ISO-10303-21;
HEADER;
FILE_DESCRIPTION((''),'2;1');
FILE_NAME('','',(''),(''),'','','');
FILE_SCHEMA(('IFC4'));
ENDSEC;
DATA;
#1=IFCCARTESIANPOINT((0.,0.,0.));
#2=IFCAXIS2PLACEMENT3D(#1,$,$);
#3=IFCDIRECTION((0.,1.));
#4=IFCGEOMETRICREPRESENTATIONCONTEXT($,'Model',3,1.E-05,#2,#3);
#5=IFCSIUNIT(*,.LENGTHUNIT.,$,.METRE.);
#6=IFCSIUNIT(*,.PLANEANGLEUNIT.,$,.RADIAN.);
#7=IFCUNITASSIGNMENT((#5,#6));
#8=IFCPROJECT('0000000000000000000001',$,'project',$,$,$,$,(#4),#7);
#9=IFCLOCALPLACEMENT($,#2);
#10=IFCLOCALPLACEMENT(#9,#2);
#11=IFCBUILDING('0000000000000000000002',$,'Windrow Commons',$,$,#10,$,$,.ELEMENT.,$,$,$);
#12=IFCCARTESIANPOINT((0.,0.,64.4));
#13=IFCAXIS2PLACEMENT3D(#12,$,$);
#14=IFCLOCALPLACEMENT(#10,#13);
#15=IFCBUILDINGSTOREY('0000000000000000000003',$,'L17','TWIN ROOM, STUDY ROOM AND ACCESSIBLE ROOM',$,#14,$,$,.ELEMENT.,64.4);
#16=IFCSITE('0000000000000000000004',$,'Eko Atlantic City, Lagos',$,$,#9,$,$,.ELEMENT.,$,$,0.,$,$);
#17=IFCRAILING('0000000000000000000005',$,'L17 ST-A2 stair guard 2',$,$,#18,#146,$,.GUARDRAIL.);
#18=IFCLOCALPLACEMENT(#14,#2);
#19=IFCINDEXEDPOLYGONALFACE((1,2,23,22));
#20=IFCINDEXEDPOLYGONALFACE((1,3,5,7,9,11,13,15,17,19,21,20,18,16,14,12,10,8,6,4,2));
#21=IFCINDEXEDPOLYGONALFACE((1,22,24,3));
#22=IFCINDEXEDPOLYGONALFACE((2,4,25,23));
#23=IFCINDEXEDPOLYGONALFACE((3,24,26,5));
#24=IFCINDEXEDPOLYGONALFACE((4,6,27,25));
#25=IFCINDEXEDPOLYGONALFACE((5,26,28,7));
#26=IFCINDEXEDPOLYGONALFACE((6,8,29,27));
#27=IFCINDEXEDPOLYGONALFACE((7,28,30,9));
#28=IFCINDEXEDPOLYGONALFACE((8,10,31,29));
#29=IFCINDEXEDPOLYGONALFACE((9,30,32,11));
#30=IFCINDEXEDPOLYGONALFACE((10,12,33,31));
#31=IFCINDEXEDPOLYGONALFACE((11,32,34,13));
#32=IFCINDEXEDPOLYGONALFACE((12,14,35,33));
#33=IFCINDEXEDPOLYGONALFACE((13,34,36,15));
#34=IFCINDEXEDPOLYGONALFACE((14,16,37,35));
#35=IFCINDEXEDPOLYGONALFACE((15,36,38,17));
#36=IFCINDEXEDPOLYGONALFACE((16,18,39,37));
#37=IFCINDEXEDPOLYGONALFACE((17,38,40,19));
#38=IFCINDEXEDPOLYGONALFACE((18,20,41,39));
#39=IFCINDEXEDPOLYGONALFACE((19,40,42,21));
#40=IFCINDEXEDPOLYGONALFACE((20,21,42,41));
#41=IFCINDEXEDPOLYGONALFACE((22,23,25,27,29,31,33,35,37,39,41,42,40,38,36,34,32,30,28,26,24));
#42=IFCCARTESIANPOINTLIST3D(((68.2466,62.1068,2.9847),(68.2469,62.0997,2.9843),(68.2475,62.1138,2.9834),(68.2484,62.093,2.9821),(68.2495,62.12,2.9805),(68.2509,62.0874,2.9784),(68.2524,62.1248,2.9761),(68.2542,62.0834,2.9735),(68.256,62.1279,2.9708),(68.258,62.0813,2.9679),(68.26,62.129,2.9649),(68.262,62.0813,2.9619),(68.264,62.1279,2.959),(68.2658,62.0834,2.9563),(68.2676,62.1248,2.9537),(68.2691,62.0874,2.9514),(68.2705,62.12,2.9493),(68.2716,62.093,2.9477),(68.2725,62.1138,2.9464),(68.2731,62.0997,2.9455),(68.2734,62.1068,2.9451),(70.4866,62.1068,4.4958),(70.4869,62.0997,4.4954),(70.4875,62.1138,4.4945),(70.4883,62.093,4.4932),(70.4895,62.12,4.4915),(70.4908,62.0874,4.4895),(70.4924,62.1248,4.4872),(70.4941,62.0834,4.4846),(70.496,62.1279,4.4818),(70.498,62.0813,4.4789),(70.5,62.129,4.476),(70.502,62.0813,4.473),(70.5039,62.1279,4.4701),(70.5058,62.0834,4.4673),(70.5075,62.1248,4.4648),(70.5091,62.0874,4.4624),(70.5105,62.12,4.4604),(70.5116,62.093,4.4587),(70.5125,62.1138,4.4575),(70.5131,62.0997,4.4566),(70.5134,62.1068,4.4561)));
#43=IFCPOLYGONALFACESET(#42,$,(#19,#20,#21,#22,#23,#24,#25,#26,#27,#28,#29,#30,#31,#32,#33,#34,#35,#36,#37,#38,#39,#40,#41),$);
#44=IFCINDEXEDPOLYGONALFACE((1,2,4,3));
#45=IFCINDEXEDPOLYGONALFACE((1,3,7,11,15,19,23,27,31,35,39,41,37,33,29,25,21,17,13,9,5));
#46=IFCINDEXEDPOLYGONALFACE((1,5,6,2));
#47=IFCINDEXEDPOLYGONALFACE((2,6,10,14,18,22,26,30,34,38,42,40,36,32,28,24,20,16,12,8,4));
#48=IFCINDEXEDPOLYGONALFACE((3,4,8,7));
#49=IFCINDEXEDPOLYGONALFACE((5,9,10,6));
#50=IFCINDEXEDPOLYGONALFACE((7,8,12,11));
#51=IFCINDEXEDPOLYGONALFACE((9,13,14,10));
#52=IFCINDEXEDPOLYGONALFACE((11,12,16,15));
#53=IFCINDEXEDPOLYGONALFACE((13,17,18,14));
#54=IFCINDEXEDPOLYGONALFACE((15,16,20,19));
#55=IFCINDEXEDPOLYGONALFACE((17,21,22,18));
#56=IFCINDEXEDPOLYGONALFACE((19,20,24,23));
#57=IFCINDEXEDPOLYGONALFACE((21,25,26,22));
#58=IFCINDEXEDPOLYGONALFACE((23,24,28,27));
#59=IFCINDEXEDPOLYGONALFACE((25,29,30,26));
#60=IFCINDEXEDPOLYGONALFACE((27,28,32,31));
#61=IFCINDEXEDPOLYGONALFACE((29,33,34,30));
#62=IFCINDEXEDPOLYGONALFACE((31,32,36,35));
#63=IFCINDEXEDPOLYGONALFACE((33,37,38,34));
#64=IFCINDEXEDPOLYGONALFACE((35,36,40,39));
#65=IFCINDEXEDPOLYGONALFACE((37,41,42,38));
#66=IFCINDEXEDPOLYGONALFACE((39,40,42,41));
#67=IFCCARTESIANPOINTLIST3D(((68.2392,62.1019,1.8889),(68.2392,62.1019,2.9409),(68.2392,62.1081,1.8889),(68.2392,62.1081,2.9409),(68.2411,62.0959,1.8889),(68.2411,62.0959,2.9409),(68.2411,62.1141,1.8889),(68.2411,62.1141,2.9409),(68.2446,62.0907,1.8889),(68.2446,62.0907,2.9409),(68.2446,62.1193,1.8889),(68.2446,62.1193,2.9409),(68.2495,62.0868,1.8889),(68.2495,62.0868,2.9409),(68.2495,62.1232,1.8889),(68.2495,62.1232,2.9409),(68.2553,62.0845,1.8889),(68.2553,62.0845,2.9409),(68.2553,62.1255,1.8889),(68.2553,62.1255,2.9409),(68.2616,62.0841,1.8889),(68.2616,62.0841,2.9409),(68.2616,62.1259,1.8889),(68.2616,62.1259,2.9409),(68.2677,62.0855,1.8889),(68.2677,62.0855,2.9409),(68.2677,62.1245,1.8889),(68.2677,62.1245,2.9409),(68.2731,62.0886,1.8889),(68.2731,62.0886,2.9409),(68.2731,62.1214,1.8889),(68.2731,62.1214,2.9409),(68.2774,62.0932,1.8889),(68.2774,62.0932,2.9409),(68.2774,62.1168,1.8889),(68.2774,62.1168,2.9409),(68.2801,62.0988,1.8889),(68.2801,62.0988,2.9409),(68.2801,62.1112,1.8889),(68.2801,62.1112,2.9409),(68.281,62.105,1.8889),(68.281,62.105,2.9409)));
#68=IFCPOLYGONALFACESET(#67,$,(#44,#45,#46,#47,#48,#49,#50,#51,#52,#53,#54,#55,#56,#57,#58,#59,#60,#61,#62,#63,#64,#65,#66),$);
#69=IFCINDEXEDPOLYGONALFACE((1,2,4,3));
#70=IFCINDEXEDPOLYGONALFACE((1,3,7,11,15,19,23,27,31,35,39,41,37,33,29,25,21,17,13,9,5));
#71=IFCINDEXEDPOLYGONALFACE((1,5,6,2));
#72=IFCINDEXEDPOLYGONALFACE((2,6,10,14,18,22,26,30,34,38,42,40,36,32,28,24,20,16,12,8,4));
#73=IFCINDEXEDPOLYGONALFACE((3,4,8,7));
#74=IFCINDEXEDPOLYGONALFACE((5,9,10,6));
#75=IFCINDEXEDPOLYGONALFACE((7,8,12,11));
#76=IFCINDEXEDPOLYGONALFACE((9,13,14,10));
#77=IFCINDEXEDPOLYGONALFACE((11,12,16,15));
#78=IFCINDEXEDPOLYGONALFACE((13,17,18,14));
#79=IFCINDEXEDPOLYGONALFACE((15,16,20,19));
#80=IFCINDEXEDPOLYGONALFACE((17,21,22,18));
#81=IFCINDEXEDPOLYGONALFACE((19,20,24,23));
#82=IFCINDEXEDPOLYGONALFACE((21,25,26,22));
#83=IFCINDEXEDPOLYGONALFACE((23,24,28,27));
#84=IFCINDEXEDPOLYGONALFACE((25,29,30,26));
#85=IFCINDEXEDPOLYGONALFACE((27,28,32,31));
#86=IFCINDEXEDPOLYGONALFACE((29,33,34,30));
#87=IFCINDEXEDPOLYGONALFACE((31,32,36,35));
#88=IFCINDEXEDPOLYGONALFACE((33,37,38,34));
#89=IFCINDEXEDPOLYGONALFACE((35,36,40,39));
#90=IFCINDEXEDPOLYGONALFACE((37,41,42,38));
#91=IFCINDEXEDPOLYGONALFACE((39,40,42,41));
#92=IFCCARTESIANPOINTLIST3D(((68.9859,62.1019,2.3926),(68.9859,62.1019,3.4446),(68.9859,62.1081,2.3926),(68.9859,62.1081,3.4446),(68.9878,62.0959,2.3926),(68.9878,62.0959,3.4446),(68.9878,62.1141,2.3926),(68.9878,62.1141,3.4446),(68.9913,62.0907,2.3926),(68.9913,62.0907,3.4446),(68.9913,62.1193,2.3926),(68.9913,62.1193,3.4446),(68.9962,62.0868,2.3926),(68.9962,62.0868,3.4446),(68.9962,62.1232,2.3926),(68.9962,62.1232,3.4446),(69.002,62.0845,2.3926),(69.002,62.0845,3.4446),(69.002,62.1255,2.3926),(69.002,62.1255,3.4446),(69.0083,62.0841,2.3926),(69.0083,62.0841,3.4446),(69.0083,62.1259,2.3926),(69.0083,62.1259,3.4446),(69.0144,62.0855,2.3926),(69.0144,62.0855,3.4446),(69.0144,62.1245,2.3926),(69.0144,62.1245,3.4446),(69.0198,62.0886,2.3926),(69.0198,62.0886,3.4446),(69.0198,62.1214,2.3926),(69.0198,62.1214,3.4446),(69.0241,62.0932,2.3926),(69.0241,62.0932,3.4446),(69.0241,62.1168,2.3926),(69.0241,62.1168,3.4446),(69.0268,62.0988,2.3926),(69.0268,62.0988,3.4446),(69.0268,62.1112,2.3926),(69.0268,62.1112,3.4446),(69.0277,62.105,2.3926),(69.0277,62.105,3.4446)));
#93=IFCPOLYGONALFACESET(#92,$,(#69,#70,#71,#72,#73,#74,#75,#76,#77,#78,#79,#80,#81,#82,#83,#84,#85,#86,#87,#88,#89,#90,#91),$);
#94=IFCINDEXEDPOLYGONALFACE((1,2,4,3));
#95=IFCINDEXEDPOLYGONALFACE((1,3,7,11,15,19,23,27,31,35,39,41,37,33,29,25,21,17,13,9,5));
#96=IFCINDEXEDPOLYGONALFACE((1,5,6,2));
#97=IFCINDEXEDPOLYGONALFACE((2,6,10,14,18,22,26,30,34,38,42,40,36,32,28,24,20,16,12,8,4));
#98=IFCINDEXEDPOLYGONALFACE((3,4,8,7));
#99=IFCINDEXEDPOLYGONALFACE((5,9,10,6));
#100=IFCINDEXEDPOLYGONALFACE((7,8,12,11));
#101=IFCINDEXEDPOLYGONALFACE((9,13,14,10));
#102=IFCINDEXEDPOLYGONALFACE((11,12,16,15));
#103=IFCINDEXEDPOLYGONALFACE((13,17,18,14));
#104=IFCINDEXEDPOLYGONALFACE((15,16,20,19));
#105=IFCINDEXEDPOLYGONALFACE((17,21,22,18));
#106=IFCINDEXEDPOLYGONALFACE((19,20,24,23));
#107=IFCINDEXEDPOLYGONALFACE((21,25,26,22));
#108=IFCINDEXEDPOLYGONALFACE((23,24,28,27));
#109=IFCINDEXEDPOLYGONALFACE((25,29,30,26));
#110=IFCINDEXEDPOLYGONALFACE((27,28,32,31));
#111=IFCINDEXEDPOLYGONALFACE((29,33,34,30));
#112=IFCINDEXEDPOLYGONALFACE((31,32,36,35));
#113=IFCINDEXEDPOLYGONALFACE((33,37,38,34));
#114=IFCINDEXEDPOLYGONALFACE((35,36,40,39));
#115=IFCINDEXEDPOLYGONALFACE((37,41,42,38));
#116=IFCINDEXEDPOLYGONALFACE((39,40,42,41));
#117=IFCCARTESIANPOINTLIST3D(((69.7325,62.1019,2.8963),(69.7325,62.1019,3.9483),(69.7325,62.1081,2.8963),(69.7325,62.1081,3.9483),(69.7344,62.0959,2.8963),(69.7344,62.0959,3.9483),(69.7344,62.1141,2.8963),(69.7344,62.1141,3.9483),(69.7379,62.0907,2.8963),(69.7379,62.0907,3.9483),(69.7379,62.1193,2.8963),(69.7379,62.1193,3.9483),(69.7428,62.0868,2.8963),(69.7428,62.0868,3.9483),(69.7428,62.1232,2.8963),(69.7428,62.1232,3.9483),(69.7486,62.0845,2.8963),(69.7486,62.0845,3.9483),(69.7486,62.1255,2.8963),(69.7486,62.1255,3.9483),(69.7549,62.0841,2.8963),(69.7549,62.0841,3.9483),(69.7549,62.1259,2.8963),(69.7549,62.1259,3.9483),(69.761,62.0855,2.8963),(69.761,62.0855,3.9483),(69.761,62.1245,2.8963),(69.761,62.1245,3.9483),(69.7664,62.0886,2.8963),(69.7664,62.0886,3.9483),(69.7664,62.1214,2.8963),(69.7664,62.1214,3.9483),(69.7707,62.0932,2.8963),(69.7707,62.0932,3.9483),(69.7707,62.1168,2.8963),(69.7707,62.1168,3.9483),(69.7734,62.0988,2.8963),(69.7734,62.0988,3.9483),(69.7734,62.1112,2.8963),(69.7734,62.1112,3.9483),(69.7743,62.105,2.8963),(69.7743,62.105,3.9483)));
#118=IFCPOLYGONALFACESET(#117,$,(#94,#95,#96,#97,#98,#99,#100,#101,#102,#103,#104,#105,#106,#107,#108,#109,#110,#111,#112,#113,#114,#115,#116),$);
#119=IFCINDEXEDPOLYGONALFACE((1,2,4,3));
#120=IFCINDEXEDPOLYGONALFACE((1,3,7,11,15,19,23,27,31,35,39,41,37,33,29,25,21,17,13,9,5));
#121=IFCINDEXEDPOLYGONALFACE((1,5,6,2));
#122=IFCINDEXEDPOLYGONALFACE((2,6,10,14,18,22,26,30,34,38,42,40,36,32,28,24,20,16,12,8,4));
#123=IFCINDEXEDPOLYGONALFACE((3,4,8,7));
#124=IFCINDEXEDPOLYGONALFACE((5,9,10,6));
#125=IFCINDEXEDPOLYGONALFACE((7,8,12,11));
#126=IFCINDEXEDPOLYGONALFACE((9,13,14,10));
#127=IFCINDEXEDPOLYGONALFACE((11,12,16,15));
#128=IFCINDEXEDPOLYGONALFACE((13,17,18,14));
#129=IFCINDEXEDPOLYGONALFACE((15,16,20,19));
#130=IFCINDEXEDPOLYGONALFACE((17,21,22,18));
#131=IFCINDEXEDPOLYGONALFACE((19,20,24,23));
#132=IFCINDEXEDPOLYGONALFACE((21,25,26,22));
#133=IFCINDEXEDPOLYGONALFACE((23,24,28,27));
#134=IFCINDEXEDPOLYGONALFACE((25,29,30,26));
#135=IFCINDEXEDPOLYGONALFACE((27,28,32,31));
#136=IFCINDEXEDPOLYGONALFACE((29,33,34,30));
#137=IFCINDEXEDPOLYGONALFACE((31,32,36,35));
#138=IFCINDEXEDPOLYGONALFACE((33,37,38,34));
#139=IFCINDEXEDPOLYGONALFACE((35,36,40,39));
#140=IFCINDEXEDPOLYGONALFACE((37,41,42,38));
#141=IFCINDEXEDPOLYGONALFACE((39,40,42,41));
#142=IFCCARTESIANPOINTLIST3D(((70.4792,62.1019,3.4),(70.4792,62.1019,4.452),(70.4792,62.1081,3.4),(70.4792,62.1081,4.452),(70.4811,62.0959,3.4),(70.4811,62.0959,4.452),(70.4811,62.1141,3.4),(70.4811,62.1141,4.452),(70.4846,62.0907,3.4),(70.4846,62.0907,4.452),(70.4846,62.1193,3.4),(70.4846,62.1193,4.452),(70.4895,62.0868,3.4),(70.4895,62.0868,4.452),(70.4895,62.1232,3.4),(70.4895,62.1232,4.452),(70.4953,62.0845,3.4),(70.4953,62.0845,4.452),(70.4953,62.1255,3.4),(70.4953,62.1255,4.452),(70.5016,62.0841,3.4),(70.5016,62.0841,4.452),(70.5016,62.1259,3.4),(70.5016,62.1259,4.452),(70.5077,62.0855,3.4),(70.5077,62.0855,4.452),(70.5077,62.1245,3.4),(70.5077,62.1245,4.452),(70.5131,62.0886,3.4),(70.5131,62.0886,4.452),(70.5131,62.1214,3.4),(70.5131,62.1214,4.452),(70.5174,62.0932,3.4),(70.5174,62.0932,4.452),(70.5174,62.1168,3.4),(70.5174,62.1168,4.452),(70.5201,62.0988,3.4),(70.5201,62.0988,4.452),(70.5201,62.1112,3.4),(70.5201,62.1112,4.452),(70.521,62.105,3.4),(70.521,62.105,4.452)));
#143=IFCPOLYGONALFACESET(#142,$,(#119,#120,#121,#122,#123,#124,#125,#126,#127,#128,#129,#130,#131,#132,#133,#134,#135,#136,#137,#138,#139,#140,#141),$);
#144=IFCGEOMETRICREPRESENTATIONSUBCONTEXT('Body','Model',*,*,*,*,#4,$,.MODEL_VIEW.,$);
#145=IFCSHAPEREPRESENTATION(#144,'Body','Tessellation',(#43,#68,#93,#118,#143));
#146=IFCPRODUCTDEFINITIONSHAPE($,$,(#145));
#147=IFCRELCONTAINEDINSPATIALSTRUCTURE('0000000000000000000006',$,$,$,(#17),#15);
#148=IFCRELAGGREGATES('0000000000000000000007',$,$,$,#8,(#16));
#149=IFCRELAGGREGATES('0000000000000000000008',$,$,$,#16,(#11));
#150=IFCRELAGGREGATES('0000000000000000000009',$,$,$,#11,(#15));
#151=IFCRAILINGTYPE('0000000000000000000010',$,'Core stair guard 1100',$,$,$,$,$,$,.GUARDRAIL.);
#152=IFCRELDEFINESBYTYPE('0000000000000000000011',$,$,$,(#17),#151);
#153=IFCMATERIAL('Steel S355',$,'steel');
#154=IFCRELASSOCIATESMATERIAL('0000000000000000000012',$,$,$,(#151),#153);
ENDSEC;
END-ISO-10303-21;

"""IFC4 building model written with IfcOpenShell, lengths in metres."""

from ifc_helpers import new_model, si_unit, direction, frame, origin, origin_2d, place, context, subcontext, project, spatial, circle, extrude, material, type_object, element, save


model = new_model("IFC4")

# Units and contexts
model_context = context("Model", 3, precision=1e-05, world=origin(), true_north=direction((0.0, 1.0)))
body_context = subcontext(model_context, "Body", "Model", "MODEL_VIEW")
ifc_project = project(units=[si_unit("LENGTHUNIT", "METRE"), si_unit("PLANEANGLEUNIT", "RADIAN")], contexts=[model_context])

# Site, building, storey
site_placement = place(None, origin())
site = spatial("IfcSite", under=ifc_project, at=site_placement, Name="Eko Atlantic City, Lagos", CompositionType="ELEMENT", RefElevation=0.0)
building_placement = place(site_placement, origin())
building = spatial("IfcBuilding", under=site, at=building_placement, Name="Windrow Commons", CompositionType="ELEMENT")
storey_placement = place(building_placement, frame((0.0, 0.0, 64.4)))
storey = spatial("IfcBuildingStorey", under=building, at=storey_placement, Name="L17", Description="TWIN ROOM, STUDY ROOM AND ACCESSIBLE ROOM", CompositionType="ELEMENT", Elevation=64.4)

# Railing
ifc_material_1 = material(Name="Steel S355", Category="steel")
railing_type_1 = type_object("IfcRailingType", Name="Core stair guard 1100", PredefinedType="GUARDRAIL", material=ifc_material_1)
railing_1_placement = place(storey_placement, frame((68.26, 62.105, 1.8889)))
element("IfcRailing", 1, at=railing_1_placement, inside=storey, type_object=railing_type_1, Name="L17 ST-A2 stair guard 2", PredefinedType="GUARDRAIL", context=body_context, shape_type="SweptSolid", body=[
    extrude(circle(Radius=0.024, at=origin_2d()), frame((0.0, 0.0, 1.076), z_axis=(0.829003, 0.0, 0.559244), x_axis=(0.0, 1.0, 0.0)), (0.0, 0.0, 1.0), 2.702),
    extrude(circle(Radius=0.021, at=origin_2d()), origin(), (0.0, 0.0, 1.0), 1.052),
    extrude(circle(Radius=0.021, at=origin_2d()), frame((0.7467, 0.0, 0.5037)), (0.0, 0.0, 1.0), 1.052),
    extrude(circle(Radius=0.021, at=origin_2d()), frame((1.4933, 0.0, 1.0074)), (0.0, 0.0, 1.0), 1.052),
    extrude(circle(Radius=0.021, at=origin_2d()), frame((2.24, 0.0, 1.5111)), (0.0, 0.0, 1.0), 1.052),
])

save(model, "model.ifc")
